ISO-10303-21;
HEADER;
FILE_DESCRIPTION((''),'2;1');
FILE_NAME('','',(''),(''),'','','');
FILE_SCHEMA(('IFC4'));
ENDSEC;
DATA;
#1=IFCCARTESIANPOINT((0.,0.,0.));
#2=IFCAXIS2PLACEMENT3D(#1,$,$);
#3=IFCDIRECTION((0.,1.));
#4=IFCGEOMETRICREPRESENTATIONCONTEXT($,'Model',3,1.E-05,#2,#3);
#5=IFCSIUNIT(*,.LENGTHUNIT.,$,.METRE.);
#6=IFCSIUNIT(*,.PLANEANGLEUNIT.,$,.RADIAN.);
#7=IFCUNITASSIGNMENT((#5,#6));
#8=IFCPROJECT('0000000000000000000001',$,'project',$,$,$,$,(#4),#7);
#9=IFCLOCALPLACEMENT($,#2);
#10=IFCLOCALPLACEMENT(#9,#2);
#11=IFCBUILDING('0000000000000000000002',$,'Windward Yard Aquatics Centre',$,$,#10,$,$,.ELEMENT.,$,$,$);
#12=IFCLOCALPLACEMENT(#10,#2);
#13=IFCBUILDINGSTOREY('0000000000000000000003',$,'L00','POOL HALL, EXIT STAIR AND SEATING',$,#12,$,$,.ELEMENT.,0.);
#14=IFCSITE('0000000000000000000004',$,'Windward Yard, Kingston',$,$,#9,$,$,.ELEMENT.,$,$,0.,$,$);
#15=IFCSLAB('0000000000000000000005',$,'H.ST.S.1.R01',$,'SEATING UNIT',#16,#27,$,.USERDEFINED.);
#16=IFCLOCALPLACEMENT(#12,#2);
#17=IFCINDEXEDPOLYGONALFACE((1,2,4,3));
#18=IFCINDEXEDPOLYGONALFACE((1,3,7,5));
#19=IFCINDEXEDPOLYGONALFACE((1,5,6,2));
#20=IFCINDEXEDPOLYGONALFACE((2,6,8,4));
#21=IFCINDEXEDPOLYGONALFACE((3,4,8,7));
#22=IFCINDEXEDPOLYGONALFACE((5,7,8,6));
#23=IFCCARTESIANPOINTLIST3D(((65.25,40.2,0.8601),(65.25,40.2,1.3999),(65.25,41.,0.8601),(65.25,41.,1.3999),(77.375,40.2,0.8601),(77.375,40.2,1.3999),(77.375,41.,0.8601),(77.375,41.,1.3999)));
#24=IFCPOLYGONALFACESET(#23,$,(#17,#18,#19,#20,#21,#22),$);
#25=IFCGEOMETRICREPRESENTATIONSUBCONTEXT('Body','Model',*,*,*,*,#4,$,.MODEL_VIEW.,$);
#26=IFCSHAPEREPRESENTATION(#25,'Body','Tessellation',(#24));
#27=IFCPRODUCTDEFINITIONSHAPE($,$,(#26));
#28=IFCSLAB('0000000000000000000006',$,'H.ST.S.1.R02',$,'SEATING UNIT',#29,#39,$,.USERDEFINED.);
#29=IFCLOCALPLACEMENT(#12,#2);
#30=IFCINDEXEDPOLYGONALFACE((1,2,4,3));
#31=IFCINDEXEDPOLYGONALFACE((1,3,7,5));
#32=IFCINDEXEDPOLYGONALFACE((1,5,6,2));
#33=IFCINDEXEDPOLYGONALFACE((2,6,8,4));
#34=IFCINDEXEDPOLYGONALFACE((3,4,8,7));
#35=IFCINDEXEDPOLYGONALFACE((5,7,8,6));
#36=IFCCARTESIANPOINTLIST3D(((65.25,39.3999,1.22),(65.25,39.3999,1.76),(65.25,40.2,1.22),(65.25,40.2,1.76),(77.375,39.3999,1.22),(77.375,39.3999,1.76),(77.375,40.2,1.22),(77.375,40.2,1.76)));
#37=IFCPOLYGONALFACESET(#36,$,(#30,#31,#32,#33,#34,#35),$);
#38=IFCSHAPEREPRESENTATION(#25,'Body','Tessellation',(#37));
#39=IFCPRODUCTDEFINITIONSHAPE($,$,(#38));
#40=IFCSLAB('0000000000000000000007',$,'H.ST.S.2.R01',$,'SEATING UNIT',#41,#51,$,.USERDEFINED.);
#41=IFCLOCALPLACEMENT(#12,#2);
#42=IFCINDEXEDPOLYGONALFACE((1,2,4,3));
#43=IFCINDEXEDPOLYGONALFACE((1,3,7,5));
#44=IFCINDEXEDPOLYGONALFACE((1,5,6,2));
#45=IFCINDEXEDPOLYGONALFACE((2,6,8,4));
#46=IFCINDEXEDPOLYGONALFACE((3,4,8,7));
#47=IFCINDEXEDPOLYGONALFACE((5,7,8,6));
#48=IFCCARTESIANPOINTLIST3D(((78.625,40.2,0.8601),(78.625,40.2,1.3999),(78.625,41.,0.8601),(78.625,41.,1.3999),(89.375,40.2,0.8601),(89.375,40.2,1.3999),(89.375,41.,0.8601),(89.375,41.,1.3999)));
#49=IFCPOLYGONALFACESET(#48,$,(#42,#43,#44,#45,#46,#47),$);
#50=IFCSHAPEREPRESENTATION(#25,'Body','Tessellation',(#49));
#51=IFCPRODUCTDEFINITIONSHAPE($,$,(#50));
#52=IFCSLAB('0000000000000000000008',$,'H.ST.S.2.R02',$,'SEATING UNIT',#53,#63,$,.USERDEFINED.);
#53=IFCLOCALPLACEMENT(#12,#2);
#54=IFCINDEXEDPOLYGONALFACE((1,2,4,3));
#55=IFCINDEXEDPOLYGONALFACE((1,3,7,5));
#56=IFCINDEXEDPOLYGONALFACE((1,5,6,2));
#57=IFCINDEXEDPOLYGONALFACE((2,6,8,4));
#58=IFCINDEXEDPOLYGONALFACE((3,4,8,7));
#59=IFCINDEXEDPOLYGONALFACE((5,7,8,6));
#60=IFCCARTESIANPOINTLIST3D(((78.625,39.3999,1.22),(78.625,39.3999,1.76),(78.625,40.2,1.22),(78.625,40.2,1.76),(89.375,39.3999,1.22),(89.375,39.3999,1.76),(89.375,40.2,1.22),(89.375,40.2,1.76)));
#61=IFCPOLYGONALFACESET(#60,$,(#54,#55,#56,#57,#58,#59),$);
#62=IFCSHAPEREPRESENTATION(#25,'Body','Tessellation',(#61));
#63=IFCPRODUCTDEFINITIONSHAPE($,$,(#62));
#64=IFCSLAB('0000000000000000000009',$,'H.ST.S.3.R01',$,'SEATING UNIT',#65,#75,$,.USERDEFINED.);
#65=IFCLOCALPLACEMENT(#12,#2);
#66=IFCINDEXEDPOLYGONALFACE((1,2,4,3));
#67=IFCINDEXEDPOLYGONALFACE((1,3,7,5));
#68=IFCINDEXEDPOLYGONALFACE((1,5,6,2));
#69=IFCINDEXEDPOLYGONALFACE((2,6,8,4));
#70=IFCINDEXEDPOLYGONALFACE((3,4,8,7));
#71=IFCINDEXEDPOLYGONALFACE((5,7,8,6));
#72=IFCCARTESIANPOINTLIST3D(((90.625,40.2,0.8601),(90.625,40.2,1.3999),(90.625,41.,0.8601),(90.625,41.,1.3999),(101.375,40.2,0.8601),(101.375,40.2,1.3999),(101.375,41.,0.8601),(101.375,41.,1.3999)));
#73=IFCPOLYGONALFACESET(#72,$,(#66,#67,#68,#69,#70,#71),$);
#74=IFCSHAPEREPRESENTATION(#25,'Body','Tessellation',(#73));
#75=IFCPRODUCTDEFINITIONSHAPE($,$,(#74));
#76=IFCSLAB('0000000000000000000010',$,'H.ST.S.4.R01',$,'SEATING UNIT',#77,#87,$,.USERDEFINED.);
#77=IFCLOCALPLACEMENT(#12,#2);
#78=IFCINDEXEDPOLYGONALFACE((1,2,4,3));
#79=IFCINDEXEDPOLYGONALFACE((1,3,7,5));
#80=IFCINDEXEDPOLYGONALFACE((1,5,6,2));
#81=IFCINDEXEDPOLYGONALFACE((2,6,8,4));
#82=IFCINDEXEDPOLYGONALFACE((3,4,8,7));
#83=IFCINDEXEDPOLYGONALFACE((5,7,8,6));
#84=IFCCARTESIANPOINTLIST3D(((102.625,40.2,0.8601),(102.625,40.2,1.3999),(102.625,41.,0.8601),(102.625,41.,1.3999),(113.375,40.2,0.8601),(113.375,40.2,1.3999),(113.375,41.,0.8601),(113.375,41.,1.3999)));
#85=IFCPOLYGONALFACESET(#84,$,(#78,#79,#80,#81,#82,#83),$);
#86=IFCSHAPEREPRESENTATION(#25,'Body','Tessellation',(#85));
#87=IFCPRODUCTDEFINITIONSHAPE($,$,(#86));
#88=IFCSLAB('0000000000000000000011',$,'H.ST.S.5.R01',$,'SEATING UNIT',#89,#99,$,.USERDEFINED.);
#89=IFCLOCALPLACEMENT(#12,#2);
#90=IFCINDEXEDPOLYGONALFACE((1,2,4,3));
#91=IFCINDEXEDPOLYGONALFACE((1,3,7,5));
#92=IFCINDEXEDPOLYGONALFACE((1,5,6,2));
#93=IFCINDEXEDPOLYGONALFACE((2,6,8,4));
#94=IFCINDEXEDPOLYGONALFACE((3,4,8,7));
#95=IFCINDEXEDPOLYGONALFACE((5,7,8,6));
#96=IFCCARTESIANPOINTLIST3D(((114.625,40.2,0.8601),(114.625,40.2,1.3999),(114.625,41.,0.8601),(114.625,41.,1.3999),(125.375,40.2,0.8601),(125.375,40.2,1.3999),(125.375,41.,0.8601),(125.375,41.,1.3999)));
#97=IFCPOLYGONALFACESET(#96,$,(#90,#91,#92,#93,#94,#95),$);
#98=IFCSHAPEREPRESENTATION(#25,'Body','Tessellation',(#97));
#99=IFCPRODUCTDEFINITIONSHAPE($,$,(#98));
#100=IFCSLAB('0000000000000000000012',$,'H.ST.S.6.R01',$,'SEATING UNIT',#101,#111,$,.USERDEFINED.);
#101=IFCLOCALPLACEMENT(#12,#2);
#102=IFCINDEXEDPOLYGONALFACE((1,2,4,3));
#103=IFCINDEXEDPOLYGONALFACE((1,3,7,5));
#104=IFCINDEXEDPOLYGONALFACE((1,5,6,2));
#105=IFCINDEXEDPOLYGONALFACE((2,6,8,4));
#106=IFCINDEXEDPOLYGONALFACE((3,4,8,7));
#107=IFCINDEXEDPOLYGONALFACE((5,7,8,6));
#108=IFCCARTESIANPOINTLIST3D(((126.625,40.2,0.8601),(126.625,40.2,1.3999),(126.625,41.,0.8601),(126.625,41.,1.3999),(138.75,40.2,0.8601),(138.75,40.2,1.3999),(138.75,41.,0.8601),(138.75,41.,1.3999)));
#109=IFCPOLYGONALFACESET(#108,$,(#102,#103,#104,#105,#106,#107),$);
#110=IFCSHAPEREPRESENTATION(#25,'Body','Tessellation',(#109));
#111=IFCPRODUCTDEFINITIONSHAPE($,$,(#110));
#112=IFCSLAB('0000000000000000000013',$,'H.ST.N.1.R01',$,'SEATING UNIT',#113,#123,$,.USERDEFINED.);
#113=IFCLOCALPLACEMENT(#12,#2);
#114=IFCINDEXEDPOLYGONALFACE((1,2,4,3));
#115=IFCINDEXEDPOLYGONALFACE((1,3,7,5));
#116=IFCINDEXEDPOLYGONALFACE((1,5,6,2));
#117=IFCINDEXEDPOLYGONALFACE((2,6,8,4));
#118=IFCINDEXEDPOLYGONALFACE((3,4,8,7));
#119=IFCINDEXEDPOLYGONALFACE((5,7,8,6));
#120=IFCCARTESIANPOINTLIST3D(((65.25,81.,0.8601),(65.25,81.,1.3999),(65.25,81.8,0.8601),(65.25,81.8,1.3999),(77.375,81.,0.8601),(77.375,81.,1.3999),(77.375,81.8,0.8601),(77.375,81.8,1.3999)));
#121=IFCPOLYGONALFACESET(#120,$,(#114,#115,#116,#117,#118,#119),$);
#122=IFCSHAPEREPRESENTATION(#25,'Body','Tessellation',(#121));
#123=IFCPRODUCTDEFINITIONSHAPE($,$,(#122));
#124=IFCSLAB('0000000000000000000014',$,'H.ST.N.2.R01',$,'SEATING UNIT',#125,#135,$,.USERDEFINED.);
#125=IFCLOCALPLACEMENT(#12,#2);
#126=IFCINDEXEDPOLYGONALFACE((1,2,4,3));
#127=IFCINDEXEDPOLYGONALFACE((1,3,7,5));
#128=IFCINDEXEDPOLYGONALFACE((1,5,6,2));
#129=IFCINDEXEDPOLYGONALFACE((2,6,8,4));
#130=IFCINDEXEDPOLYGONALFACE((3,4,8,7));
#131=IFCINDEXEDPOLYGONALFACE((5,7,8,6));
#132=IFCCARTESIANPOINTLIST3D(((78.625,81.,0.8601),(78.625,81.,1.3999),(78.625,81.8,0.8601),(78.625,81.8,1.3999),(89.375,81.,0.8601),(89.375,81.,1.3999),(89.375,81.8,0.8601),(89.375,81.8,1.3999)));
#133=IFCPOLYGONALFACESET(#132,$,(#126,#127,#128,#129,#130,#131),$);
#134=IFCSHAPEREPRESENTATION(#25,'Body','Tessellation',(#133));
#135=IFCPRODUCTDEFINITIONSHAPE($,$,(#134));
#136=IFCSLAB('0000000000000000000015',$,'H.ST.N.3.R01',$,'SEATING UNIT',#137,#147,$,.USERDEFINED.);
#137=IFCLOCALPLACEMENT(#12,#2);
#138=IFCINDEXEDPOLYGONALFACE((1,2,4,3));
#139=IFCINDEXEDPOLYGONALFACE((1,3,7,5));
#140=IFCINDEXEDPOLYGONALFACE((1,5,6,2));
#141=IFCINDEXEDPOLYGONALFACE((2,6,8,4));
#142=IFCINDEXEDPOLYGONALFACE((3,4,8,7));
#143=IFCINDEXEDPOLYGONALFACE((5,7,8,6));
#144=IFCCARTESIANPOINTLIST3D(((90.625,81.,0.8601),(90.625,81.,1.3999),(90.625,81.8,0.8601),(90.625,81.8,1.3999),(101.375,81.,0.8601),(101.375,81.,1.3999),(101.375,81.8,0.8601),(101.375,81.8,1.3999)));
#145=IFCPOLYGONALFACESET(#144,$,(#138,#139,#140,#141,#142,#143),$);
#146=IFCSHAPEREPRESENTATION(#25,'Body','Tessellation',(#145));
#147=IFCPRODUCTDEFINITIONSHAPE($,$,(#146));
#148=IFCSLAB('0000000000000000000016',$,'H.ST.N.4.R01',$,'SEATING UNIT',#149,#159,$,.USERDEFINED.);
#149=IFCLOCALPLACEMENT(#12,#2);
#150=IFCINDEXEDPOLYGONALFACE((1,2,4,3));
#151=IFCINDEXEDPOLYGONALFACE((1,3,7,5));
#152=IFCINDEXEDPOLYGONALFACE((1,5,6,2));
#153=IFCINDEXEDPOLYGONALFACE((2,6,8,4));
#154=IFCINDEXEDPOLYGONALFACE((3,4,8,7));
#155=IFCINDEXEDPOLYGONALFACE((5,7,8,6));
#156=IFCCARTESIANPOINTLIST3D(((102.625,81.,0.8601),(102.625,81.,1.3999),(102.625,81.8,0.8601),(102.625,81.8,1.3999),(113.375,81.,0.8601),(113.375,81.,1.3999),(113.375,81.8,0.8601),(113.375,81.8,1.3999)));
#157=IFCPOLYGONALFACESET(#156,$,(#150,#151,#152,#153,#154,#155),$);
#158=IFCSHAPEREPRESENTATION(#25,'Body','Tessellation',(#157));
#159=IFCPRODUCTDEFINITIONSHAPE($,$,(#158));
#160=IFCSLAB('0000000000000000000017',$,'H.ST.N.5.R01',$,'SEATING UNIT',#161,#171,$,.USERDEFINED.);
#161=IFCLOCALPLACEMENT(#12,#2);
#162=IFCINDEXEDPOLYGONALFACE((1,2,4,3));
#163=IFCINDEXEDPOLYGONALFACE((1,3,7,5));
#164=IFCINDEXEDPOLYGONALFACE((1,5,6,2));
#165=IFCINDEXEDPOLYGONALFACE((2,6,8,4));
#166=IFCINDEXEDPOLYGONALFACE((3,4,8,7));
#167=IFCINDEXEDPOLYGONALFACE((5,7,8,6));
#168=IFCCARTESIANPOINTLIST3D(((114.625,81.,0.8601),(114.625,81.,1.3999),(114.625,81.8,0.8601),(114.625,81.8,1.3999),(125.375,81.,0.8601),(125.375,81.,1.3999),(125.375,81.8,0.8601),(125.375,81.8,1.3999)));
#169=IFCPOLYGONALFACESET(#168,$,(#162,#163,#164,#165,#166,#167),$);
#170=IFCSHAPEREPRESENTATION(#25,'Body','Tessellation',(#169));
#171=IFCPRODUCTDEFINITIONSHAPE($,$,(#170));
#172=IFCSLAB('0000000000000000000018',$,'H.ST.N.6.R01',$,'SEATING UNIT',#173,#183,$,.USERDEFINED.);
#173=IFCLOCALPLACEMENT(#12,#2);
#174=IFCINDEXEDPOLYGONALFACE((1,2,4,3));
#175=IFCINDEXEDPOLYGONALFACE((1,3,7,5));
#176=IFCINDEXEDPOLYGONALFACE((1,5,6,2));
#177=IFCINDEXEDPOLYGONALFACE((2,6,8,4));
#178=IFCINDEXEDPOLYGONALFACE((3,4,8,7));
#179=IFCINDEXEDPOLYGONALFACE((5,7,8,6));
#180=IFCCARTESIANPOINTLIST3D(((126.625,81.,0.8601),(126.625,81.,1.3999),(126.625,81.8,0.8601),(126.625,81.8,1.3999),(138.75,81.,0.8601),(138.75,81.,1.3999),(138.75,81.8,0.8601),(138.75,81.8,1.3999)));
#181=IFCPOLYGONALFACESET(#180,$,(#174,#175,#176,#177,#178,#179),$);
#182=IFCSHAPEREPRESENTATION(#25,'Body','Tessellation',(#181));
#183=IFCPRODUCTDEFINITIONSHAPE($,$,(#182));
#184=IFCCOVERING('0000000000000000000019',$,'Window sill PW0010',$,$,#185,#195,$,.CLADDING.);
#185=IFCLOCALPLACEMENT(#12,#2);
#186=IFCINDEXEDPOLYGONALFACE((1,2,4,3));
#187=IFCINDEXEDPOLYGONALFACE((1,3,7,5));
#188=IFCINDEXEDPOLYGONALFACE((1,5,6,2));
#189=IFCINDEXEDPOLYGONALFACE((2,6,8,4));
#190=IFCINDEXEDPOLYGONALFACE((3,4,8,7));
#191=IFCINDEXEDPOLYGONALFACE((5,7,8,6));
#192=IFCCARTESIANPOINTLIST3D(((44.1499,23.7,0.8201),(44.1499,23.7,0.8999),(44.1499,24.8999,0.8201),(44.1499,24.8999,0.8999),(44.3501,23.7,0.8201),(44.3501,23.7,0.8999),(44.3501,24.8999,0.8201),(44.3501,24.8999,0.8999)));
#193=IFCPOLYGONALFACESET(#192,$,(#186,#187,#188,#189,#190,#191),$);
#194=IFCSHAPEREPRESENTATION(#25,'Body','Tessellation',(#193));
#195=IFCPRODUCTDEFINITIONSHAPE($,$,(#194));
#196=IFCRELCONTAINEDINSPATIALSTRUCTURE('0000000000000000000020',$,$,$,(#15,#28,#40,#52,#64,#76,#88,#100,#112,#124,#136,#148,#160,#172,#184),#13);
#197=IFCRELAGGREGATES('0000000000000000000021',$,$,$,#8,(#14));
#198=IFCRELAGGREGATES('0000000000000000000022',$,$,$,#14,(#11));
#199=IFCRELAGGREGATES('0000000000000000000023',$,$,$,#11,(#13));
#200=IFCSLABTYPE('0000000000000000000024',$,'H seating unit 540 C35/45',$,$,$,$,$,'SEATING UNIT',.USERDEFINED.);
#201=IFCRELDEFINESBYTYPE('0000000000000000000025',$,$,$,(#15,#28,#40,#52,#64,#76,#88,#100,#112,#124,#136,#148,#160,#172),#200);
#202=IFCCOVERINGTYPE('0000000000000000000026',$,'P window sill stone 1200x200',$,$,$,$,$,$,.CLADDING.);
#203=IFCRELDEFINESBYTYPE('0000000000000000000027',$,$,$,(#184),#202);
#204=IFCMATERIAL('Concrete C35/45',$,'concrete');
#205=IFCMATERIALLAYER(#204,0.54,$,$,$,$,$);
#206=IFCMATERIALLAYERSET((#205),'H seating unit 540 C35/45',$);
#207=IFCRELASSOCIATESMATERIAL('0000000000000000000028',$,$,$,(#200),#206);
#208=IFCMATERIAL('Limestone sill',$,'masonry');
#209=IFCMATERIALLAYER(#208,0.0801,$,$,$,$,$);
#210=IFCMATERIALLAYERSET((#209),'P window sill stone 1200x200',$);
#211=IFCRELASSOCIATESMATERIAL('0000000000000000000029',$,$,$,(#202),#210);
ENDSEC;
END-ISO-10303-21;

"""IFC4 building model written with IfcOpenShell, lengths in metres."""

from ifc_helpers import new_model, si_unit, direction, frame, origin, place, context, subcontext, project, spatial, polyline, outline, extrude, material, layer, layer_set, type_object, element, save


model = new_model("IFC4")

# Units and contexts
model_context = context("Model", 3, precision=1e-05, world=origin(), true_north=direction((0.0, 1.0)))
body_context = subcontext(model_context, "Body", "Model", "MODEL_VIEW")
ifc_project = project(units=[si_unit("LENGTHUNIT", "METRE"), si_unit("PLANEANGLEUNIT", "RADIAN")], contexts=[model_context])

# Site, building, storey
site_placement = place(None, origin())
site = spatial("IfcSite", under=ifc_project, at=site_placement, Name="Windward Yard, Kingston", CompositionType="ELEMENT", RefElevation=0.0)
building_placement = place(site_placement, origin())
building = spatial("IfcBuilding", under=site, at=building_placement, Name="Windward Yard Aquatics Centre", CompositionType="ELEMENT")
storey_placement = place(building_placement, origin())
storey = spatial("IfcBuildingStorey", under=building, at=storey_placement, Name="L00", Description="POOL HALL, EXIT STAIR AND SEATING", CompositionType="ELEMENT", Elevation=0.0)

# Slabs
ifc_material_1 = material(Name="Concrete C35/45", Category="concrete")
ifc_layer_1 = layer(ifc_material_1, 0.54)
ifc_layer_set_1 = layer_set([ifc_layer_1], Name="H seating unit 540 C35/45")
slab_type = type_object("IfcSlabType", Name="H seating unit 540 C35/45", ElementType="SEATING UNIT", PredefinedType="USERDEFINED", material=ifc_layer_set_1)
slab_1_placement = place(storey_placement, frame((0.0, 0.0, 0.8601)))
element("IfcSlab", 1, at=slab_1_placement, inside=storey, type_object=slab_type, Name="H.ST.S.1.R01", ObjectType="SEATING UNIT", PredefinedType="USERDEFINED", context=body_context, shape_type="SweptSolid", body=[
    extrude(outline(polyline([(65.25, 40.2), (77.375, 40.2), (77.375, 41.0), (65.25, 41.0), (65.25, 40.2)])), origin(), (0.0, 0.0, 1.0), 0.5398),
])
slab_2_placement = place(storey_placement, frame((0.0, 0.0, 1.22)))
element("IfcSlab", 2, at=slab_2_placement, inside=storey, type_object=slab_type, Name="H.ST.S.1.R02", ObjectType="SEATING UNIT", PredefinedType="USERDEFINED", context=body_context, shape_type="SweptSolid", body=[
    extrude(outline(polyline([(65.25, 39.3999), (77.375, 39.3999), (77.375, 40.2), (65.25, 40.2), (65.25, 39.3999)])), origin(), (0.0, 0.0, 1.0), 0.54),
])
slab_3_placement = place(storey_placement, frame((0.0, 0.0, 0.8601)))
element("IfcSlab", 3, at=slab_3_placement, inside=storey, type_object=slab_type, Name="H.ST.S.2.R01", ObjectType="SEATING UNIT", PredefinedType="USERDEFINED", context=body_context, shape_type="SweptSolid", body=[
    extrude(outline(polyline([(78.625, 40.2), (89.375, 40.2), (89.375, 41.0), (78.625, 41.0), (78.625, 40.2)])), origin(), (0.0, 0.0, 1.0), 0.5398),
])
slab_4_placement = place(storey_placement, frame((0.0, 0.0, 1.22)))
element("IfcSlab", 4, at=slab_4_placement, inside=storey, type_object=slab_type, Name="H.ST.S.2.R02", ObjectType="SEATING UNIT", PredefinedType="USERDEFINED", context=body_context, shape_type="SweptSolid", body=[
    extrude(outline(polyline([(78.625, 39.3999), (89.375, 39.3999), (89.375, 40.2), (78.625, 40.2), (78.625, 39.3999)])), origin(), (0.0, 0.0, 1.0), 0.54),
])
slab_5_placement = place(storey_placement, frame((0.0, 0.0, 0.8601)))
element("IfcSlab", 5, at=slab_5_placement, inside=storey, type_object=slab_type, Name="H.ST.S.3.R01", ObjectType="SEATING UNIT", PredefinedType="USERDEFINED", context=body_context, shape_type="SweptSolid", body=[
    extrude(outline(polyline([(90.625, 40.2), (101.375, 40.2), (101.375, 41.0), (90.625, 41.0), (90.625, 40.2)])), origin(), (0.0, 0.0, 1.0), 0.5398),
])
slab_6_placement = place(storey_placement, frame((0.0, 0.0, 0.8601)))
element("IfcSlab", 6, at=slab_6_placement, inside=storey, type_object=slab_type, Name="H.ST.S.4.R01", ObjectType="SEATING UNIT", PredefinedType="USERDEFINED", context=body_context, shape_type="SweptSolid", body=[
    extrude(outline(polyline([(102.625, 40.2), (113.375, 40.2), (113.375, 41.0), (102.625, 41.0), (102.625, 40.2)])), origin(), (0.0, 0.0, 1.0), 0.5398),
])
slab_7_placement = place(storey_placement, frame((0.0, 0.0, 0.8601)))
element("IfcSlab", 7, at=slab_7_placement, inside=storey, type_object=slab_type, Name="H.ST.S.5.R01", ObjectType="SEATING UNIT", PredefinedType="USERDEFINED", context=body_context, shape_type="SweptSolid", body=[
    extrude(outline(polyline([(114.625, 40.2), (125.375, 40.2), (125.375, 41.0), (114.625, 41.0), (114.625, 40.2)])), origin(), (0.0, 0.0, 1.0), 0.5398),
])
slab_8_placement = place(storey_placement, frame((0.0, 0.0, 0.8601)))
element("IfcSlab", 8, at=slab_8_placement, inside=storey, type_object=slab_type, Name="H.ST.S.6.R01", ObjectType="SEATING UNIT", PredefinedType="USERDEFINED", context=body_context, shape_type="SweptSolid", body=[
    extrude(outline(polyline([(126.625, 40.2), (138.75, 40.2), (138.75, 41.0), (126.625, 41.0), (126.625, 40.2)])), origin(), (0.0, 0.0, 1.0), 0.5398),
])
slab_9_placement = place(storey_placement, frame((0.0, 0.0, 0.8601)))
element("IfcSlab", 9, at=slab_9_placement, inside=storey, type_object=slab_type, Name="H.ST.N.1.R01", ObjectType="SEATING UNIT", PredefinedType="USERDEFINED", context=body_context, shape_type="SweptSolid", body=[
    extrude(outline(polyline([(65.25, 81.0), (77.375, 81.0), (77.375, 81.8), (65.25, 81.8), (65.25, 81.0)])), origin(), (0.0, 0.0, 1.0), 0.5398),
])
slab_10_placement = place(storey_placement, frame((0.0, 0.0, 0.8601)))
element("IfcSlab", 10, at=slab_10_placement, inside=storey, type_object=slab_type, Name="H.ST.N.2.R01", ObjectType="SEATING UNIT", PredefinedType="USERDEFINED", context=body_context, shape_type="SweptSolid", body=[
    extrude(outline(polyline([(78.625, 81.0), (89.375, 81.0), (89.375, 81.8), (78.625, 81.8), (78.625, 81.0)])), origin(), (0.0, 0.0, 1.0), 0.5398),
])
slab_11_placement = place(storey_placement, frame((0.0, 0.0, 0.8601)))
element("IfcSlab", 11, at=slab_11_placement, inside=storey, type_object=slab_type, Name="H.ST.N.3.R01", ObjectType="SEATING UNIT", PredefinedType="USERDEFINED", context=body_context, shape_type="SweptSolid", body=[
    extrude(outline(polyline([(90.625, 81.0), (101.375, 81.0), (101.375, 81.8), (90.625, 81.8), (90.625, 81.0)])), origin(), (0.0, 0.0, 1.0), 0.5398),
])
slab_12_placement = place(storey_placement, frame((0.0, 0.0, 0.8601)))
element("IfcSlab", 12, at=slab_12_placement, inside=storey, type_object=slab_type, Name="H.ST.N.4.R01", ObjectType="SEATING UNIT", PredefinedType="USERDEFINED", context=body_context, shape_type="SweptSolid", body=[
    extrude(outline(polyline([(102.625, 81.0), (113.375, 81.0), (113.375, 81.8), (102.625, 81.8), (102.625, 81.0)])), origin(), (0.0, 0.0, 1.0), 0.5398),
])
slab_13_placement = place(storey_placement, frame((0.0, 0.0, 0.8601)))
element("IfcSlab", 13, at=slab_13_placement, inside=storey, type_object=slab_type, Name="H.ST.N.5.R01", ObjectType="SEATING UNIT", PredefinedType="USERDEFINED", context=body_context, shape_type="SweptSolid", body=[
    extrude(outline(polyline([(114.625, 81.0), (125.375, 81.0), (125.375, 81.8), (114.625, 81.8), (114.625, 81.0)])), origin(), (0.0, 0.0, 1.0), 0.5398),
])
slab_14_placement = place(storey_placement, frame((0.0, 0.0, 0.8601)))
element("IfcSlab", 14, at=slab_14_placement, inside=storey, type_object=slab_type, Name="H.ST.N.6.R01", ObjectType="SEATING UNIT", PredefinedType="USERDEFINED", context=body_context, shape_type="SweptSolid", body=[
    extrude(outline(polyline([(126.625, 81.0), (138.75, 81.0), (138.75, 81.8), (126.625, 81.8), (126.625, 81.0)])), origin(), (0.0, 0.0, 1.0), 0.5398),
])

# Covering
ifc_material_2 = material(Name="Limestone sill", Category="masonry")
ifc_layer_2 = layer(ifc_material_2, 0.0801)
ifc_layer_set_2 = layer_set([ifc_layer_2], Name="P window sill stone 1200x200")
covering_type_1 = type_object("IfcCoveringType", Name="P window sill stone 1200x200", PredefinedType="CLADDING", material=ifc_layer_set_2)
covering_1_placement = place(storey_placement, frame((0.0, 0.0, 0.8201)))
element("IfcCovering", 15, at=covering_1_placement, inside=storey, type_object=covering_type_1, Name="Window sill PW0010", PredefinedType="CLADDING", context=body_context, shape_type="SweptSolid", body=[
    extrude(outline(polyline([(44.1499, 23.7), (44.1499, 24.8999), (44.3501, 24.8999), (44.3501, 23.7), (44.1499, 23.7)])), origin(), (0.0, 0.0, 1.0), 0.0798),
])

save(model, "model.ifc")
